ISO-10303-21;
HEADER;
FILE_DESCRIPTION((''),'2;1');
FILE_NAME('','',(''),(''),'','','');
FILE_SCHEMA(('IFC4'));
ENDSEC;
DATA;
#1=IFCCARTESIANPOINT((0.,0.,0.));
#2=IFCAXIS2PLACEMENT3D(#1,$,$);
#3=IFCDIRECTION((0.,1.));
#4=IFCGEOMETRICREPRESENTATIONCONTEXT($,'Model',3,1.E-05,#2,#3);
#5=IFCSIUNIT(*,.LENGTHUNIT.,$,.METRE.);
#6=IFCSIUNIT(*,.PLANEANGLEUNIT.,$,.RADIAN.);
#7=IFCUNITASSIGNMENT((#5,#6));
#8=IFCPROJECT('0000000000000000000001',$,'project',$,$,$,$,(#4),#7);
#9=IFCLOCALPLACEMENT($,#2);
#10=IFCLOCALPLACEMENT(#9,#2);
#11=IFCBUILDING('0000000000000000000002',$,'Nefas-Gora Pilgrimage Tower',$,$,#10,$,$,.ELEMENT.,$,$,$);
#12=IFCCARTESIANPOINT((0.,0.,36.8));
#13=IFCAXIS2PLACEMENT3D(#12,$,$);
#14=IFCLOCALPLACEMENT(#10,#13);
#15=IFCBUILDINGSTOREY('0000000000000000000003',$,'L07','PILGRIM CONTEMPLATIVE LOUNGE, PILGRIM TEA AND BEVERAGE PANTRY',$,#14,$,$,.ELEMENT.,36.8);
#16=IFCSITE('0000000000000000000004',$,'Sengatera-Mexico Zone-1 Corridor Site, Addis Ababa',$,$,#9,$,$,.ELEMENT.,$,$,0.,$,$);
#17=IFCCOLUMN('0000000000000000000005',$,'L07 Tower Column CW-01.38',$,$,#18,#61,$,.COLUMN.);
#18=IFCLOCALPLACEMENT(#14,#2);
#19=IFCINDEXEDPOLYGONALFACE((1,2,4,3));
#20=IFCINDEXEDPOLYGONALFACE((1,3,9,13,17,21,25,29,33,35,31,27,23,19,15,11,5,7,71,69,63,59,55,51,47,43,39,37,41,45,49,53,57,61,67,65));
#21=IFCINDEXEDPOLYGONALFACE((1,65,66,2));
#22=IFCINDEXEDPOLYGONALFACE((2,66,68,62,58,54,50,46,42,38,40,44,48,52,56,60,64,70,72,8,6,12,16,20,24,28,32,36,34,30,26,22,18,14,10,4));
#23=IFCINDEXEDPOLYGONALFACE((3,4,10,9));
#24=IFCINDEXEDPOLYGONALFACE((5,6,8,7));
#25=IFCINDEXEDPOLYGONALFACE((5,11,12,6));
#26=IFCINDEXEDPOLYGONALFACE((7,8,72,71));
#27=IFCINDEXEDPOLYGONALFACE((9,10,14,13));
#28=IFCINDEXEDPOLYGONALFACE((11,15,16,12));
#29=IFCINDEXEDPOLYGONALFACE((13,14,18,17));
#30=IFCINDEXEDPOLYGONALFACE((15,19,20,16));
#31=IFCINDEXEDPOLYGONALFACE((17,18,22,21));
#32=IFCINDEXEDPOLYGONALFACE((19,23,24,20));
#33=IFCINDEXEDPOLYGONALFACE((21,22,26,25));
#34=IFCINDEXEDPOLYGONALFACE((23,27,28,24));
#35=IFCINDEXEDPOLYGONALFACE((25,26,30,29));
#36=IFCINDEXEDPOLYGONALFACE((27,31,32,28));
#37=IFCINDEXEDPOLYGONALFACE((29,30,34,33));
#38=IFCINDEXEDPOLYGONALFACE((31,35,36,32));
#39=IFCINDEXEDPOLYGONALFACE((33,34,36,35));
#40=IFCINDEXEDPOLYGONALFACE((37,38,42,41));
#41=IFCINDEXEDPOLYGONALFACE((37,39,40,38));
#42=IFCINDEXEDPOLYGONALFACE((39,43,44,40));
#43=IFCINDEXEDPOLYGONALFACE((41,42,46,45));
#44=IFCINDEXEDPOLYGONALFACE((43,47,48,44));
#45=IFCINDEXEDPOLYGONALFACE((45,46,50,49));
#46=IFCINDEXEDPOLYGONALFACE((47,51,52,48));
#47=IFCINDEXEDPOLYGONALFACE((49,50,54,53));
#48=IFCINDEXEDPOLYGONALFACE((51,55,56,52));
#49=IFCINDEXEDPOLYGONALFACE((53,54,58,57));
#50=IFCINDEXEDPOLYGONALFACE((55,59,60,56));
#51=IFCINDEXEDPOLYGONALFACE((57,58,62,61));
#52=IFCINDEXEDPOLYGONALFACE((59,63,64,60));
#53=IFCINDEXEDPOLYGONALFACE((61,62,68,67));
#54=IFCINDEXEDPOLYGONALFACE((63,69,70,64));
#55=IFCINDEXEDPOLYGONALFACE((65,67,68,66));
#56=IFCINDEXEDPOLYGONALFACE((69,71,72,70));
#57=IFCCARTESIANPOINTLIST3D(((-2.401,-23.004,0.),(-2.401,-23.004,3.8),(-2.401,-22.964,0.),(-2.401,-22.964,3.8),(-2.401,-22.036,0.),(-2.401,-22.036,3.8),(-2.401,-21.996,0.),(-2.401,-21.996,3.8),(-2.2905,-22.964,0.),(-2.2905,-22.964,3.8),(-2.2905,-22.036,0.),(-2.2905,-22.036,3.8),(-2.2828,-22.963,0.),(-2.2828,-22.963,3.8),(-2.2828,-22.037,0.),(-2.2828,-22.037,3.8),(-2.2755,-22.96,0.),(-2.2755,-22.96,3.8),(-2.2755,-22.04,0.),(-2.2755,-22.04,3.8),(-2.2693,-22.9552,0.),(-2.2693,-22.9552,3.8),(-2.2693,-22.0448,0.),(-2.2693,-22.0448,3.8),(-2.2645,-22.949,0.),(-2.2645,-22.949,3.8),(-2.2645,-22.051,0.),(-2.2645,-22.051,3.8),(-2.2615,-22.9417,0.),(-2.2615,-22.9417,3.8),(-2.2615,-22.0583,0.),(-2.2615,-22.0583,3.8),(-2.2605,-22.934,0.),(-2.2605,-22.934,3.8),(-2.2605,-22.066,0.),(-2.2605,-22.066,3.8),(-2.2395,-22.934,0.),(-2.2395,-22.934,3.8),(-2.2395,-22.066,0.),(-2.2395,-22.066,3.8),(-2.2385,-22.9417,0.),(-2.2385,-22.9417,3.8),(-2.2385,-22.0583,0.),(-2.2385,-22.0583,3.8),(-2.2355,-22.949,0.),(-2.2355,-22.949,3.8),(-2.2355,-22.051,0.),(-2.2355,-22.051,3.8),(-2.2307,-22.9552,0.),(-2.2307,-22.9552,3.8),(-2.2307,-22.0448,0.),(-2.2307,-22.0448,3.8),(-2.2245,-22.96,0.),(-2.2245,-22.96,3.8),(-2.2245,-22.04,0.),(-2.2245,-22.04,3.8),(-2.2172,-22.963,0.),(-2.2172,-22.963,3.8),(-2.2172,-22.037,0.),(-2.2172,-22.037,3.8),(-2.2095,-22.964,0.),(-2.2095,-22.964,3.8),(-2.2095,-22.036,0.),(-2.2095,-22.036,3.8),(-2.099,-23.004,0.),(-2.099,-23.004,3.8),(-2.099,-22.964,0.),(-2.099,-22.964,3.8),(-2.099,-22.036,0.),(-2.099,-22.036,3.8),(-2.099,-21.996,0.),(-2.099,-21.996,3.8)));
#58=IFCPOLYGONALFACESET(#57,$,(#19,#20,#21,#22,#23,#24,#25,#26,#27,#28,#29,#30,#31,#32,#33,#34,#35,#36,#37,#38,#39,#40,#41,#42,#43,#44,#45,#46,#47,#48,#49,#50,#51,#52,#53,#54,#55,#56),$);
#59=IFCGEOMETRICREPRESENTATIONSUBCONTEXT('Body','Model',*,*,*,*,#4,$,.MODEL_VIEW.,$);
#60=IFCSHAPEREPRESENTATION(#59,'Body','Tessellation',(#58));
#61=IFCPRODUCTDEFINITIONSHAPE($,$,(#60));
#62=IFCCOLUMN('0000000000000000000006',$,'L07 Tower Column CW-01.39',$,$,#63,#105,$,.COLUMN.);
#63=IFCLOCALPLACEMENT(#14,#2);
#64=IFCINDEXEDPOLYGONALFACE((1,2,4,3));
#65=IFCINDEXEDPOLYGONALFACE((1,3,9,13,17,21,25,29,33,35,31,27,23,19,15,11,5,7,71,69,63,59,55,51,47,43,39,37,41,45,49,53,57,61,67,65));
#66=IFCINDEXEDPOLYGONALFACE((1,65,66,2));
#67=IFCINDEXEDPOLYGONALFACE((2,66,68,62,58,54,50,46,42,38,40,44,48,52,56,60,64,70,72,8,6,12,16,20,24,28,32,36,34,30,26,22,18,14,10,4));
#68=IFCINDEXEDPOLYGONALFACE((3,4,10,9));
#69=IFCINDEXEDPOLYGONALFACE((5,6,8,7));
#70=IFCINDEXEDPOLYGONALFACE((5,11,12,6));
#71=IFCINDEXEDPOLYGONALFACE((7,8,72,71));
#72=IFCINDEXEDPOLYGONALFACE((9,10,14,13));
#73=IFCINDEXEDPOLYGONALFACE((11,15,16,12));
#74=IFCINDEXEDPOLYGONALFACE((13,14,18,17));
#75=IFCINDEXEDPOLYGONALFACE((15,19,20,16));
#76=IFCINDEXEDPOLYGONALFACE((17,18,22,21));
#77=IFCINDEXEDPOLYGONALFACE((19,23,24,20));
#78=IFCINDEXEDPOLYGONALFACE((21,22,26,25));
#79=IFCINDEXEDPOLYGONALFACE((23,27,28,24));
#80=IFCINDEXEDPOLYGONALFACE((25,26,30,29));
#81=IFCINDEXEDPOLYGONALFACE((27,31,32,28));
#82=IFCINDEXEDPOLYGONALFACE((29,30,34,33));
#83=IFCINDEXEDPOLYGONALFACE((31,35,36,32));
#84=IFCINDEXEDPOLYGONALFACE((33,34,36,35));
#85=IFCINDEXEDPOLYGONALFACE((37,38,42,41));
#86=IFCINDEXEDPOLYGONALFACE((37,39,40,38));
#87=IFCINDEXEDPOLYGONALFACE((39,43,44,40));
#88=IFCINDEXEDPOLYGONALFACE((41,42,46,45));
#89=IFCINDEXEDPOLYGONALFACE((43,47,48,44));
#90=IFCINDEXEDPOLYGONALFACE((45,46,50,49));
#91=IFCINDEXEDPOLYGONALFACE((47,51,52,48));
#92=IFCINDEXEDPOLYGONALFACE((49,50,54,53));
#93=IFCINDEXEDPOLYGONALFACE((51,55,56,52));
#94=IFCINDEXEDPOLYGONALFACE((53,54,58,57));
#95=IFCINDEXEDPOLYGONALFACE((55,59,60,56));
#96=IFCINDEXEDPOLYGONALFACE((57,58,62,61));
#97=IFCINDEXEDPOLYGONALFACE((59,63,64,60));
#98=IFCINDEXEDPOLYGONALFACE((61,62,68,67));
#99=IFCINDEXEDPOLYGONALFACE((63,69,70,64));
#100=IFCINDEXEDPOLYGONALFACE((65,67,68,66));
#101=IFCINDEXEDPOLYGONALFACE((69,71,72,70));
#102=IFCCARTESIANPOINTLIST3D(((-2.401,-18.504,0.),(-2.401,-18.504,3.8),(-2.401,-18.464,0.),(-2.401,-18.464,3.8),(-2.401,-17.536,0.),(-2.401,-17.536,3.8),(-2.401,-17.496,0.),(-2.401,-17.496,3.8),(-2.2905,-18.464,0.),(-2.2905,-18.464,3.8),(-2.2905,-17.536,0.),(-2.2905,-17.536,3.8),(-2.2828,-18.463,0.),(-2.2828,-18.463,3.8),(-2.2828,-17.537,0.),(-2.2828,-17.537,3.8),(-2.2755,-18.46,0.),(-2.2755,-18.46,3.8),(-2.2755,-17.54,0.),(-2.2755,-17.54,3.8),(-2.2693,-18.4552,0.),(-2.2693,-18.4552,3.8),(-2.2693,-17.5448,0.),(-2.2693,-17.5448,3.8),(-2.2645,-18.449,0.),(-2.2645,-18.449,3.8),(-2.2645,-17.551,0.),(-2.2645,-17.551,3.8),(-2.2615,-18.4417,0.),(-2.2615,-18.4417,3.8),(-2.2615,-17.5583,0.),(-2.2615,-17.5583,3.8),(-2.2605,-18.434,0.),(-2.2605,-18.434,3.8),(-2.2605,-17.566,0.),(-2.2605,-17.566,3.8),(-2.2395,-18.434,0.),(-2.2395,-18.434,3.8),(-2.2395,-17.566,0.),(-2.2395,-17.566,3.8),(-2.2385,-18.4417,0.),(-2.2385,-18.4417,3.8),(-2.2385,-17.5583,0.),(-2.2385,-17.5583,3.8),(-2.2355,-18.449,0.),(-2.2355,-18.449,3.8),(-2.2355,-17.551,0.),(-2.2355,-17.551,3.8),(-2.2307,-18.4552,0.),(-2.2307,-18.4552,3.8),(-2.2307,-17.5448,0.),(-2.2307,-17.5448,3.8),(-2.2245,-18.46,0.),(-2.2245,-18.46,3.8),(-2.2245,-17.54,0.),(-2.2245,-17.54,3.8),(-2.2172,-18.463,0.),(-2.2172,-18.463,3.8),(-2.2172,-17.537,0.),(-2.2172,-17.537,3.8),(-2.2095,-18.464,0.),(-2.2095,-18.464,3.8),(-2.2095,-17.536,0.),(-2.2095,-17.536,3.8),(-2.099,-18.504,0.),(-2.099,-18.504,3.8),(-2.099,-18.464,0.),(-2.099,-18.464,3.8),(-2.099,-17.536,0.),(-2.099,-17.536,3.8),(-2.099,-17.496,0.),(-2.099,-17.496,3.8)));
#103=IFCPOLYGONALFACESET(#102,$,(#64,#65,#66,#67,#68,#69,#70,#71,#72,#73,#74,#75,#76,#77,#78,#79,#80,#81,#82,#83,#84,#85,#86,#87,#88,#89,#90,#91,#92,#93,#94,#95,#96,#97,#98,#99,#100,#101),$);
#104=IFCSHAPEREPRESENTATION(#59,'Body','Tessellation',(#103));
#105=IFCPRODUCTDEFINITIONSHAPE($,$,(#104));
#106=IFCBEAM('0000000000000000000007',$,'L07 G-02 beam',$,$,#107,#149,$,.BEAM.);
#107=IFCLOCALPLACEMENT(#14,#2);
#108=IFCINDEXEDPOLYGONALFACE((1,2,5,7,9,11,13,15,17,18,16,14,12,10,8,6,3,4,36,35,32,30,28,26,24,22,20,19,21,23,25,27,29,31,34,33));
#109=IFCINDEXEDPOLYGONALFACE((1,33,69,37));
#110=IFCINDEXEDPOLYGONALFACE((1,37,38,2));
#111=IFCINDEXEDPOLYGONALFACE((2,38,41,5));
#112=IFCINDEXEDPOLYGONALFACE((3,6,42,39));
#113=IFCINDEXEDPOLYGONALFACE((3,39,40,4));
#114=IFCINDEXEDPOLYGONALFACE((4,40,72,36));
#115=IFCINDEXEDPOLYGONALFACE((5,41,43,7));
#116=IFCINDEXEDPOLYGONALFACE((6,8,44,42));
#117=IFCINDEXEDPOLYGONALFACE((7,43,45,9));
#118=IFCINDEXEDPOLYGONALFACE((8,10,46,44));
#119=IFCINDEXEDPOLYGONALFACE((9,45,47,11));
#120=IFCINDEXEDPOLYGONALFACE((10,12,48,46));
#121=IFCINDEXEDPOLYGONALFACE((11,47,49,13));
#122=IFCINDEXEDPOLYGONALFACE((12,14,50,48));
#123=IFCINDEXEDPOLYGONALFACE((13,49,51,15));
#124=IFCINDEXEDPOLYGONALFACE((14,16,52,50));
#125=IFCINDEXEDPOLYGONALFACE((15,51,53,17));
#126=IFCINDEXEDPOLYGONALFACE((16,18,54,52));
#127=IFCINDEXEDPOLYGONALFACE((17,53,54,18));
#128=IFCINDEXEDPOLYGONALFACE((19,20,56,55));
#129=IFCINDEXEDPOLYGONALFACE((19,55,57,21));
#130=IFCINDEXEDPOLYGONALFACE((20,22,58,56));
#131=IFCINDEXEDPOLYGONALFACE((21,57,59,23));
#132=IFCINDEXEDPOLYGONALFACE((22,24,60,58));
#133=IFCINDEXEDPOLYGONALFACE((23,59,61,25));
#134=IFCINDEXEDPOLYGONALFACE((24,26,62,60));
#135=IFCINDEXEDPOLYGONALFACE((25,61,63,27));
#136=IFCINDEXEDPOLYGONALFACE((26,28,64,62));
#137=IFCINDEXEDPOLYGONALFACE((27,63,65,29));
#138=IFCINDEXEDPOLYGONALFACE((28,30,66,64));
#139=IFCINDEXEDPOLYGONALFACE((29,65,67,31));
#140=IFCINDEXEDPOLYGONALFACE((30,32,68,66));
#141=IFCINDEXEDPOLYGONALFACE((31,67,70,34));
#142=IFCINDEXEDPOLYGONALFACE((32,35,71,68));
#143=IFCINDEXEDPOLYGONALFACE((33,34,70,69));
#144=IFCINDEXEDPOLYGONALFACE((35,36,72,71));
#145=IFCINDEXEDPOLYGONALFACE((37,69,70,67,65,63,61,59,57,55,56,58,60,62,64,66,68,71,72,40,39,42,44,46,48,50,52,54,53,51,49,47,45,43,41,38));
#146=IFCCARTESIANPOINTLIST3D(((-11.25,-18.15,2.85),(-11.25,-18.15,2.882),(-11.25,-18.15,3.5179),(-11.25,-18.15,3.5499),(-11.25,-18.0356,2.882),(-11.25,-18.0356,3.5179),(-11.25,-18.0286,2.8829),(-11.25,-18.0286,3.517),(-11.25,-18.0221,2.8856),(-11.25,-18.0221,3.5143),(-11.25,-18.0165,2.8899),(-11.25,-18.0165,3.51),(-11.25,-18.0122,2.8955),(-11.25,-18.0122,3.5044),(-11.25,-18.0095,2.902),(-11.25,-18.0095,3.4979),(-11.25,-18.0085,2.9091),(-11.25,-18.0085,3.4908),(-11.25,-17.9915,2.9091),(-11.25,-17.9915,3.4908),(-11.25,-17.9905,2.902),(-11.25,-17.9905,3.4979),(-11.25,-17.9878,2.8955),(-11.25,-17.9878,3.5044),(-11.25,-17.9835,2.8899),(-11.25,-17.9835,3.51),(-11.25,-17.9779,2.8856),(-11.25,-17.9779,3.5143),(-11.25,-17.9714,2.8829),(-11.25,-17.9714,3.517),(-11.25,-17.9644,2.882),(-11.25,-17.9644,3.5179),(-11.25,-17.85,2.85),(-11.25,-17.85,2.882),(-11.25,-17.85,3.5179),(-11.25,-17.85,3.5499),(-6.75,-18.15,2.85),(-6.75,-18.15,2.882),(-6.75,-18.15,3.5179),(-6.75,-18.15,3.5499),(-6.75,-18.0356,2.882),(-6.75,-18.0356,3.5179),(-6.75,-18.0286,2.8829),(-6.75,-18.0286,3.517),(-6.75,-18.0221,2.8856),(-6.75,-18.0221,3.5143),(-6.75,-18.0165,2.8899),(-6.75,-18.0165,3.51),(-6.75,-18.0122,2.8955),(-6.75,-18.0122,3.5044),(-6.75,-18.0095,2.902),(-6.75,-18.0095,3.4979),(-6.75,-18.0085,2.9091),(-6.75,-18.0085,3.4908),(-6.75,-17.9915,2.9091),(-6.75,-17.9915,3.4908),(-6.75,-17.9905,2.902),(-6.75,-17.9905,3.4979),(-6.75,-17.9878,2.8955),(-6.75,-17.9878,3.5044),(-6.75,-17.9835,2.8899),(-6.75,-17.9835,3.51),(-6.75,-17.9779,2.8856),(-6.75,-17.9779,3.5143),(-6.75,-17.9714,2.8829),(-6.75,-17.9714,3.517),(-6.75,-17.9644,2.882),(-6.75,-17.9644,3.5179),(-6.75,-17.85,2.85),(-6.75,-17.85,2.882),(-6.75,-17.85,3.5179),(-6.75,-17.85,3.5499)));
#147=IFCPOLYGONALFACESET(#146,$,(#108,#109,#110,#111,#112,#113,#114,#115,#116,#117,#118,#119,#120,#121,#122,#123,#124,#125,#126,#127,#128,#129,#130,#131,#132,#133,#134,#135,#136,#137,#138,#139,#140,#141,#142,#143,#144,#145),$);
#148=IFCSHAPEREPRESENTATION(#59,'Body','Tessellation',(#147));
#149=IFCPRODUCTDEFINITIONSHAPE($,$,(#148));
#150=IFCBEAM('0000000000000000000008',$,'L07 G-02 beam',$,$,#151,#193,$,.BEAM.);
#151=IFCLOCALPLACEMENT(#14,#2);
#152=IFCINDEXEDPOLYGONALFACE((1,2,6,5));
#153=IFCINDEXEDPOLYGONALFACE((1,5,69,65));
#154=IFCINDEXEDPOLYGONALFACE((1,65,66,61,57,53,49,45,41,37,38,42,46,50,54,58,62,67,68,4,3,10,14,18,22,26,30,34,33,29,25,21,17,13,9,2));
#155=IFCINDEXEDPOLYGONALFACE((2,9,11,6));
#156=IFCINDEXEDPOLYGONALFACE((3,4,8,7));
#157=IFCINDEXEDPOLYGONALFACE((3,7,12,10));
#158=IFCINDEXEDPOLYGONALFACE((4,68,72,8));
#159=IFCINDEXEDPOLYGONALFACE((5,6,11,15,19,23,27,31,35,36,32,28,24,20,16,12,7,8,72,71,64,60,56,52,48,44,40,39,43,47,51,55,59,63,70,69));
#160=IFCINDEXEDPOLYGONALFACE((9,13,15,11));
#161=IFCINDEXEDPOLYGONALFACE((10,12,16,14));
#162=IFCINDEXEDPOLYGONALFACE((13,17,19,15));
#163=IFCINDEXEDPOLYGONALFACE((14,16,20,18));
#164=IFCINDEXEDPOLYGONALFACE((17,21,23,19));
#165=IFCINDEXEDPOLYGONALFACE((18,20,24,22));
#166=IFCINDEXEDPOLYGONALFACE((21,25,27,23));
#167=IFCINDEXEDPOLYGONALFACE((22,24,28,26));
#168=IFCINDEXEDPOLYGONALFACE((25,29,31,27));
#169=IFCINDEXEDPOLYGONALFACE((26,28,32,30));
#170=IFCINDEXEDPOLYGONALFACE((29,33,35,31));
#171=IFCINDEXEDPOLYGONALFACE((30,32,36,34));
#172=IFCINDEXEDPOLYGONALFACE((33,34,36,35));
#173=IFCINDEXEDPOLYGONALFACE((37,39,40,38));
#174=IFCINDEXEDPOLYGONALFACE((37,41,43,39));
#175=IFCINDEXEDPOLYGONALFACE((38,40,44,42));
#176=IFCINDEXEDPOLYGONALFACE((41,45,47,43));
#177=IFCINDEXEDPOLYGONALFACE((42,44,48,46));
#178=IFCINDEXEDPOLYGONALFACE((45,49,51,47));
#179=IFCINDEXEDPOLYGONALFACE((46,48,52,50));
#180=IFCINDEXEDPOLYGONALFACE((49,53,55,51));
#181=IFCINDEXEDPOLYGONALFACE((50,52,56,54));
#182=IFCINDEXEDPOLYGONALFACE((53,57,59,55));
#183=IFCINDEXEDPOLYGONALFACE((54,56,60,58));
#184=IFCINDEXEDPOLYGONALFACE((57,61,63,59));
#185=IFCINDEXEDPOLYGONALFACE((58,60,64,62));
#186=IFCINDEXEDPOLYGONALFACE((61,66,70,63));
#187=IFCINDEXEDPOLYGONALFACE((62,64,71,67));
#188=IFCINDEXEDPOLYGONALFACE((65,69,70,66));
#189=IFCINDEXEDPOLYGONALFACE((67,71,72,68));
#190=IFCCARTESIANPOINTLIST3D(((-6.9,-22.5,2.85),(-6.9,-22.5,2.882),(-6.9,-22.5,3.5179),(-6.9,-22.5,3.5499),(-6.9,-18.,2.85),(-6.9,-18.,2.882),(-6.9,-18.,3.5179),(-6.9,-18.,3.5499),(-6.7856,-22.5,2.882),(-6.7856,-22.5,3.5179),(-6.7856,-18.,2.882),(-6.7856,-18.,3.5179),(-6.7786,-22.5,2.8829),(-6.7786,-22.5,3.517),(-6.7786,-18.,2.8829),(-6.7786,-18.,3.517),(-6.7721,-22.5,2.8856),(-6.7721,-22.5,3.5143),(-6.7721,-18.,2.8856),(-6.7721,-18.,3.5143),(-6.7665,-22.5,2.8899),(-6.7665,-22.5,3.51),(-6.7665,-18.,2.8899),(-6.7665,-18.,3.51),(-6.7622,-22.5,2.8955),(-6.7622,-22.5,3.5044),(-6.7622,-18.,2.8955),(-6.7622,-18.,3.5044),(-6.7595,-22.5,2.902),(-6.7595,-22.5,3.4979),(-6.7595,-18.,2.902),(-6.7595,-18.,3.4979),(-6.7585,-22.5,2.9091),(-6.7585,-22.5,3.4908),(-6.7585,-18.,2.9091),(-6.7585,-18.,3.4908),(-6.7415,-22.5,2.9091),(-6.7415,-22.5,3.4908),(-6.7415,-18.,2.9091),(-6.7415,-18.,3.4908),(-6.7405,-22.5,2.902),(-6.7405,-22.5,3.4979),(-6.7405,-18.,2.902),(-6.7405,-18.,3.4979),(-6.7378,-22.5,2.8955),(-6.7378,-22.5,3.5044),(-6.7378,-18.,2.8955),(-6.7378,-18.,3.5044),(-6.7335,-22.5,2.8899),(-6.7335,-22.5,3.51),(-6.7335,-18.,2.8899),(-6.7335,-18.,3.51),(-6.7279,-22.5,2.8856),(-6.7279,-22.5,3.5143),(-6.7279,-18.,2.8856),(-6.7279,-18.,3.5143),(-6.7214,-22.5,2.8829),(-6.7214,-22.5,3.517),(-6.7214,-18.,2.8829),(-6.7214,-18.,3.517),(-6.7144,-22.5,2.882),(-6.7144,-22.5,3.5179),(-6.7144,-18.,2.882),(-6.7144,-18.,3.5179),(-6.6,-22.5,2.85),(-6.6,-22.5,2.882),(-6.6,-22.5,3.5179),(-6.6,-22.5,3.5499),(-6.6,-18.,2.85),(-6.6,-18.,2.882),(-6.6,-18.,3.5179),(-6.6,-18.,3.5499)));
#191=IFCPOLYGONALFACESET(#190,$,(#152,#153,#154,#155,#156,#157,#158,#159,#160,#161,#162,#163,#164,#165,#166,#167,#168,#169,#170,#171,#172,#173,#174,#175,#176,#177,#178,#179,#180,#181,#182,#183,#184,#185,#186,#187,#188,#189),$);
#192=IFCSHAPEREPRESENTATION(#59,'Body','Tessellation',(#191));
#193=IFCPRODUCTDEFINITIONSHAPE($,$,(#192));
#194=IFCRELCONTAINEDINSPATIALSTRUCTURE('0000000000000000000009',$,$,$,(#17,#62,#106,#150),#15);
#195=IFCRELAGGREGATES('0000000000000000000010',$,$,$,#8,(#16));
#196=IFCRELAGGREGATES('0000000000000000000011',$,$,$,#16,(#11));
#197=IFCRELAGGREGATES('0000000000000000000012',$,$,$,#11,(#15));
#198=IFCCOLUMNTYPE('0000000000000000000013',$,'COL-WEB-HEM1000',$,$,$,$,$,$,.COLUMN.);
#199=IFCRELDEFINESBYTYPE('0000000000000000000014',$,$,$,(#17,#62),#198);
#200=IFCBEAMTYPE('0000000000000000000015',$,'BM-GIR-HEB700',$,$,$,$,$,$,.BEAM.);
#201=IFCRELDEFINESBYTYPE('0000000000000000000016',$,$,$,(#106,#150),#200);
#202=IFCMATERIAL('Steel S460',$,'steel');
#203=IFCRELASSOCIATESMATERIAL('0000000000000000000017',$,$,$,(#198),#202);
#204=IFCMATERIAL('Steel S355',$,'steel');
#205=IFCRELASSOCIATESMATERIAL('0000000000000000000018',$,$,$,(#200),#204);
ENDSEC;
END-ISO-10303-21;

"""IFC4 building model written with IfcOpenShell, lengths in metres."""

from ifc_helpers import new_model, si_unit, direction, frame, origin, origin_2d, place, context, subcontext, project, spatial, i_section, extrude, source, transform, mapped, material, material_profile, profile_set, type_object, element, save


model = new_model("IFC4")

# Units and contexts
model_context = context("Model", 3, precision=1e-05, world=origin(), true_north=direction((0.0, 1.0)))
body_context = subcontext(model_context, "Body", "Model", "MODEL_VIEW")
ifc_project = project(units=[si_unit("LENGTHUNIT", "METRE"), si_unit("PLANEANGLEUNIT", "RADIAN")], contexts=[model_context])

# Site, building, storey
site_placement = place(None, origin())
site = spatial("IfcSite", under=ifc_project, at=site_placement, Name="Sengatera-Mexico Zone-1 Corridor Site, Addis Ababa", CompositionType="ELEMENT", RefElevation=0.0)
building_placement = place(site_placement, origin())
building = spatial("IfcBuilding", under=site, at=building_placement, Name="Nefas-Gora Pilgrimage Tower", CompositionType="ELEMENT")
storey_placement = place(building_placement, frame((0.0, 0.0, 36.8)))
storey = spatial("IfcBuildingStorey", under=building, at=storey_placement, Name="L07", Description="PILGRIM CONTEMPLATIVE LOUNGE, PILGRIM TEA AND BEVERAGE PANTRY", CompositionType="ELEMENT", Elevation=36.8)

# Columns
ifc_material_1 = material(Name="Steel S460", Category="steel")
ifc_material_profile_1 = material_profile(ifc_material_1, i_section(OverallWidth=0.302, OverallDepth=1.0081, WebThickness=0.021, FlangeThickness=0.04, FilletRadius=0.03, at=origin_2d()), Name="HEM 1000")
ifc_profile_set_1 = profile_set([ifc_material_profile_1], Name="Steel S460")
column_type_1 = type_object("IfcColumnType", Name="COL-WEB-HEM1000", PredefinedType="COLUMN", material=ifc_profile_set_1)
shared_shape_1 = source(origin(), body_context, "Body", "SweptSolid", [
    extrude(i_section(OverallWidth=0.302, OverallDepth=1.0081, WebThickness=0.021, FlangeThickness=0.04, FilletRadius=0.03, at=origin_2d()), origin(), (0.0, 0.0, 1.0), 3.8),
])
for number, where, z_axis, x_axis, name in (
    (1, (-2.25, -22.5, 0.0), (0.0, 0.0, 1.0), (1.0, 0.0, 0.0), "L07 Tower Column CW-01.38"),
    (2, (-2.25, -18.0, 0.0), (0.0, 0.0, 1.0), (1.0, 0.0, 0.0), "L07 Tower Column CW-01.39"),
):
    element("IfcColumn", number, at=place(storey_placement, frame(where, z_axis=z_axis, x_axis=x_axis)), inside=storey, type_object=column_type_1, Name=name, PredefinedType="COLUMN", context=body_context, shape_type="MappedRepresentation", body=[
        mapped(shared_shape_1, transform((0.0, 0.0, 0.0), x_axis=(1.0, 0.0, 0.0), y_axis=(0.0, 1.0, 0.0), z_axis=(0.0, 0.0, 1.0), scale=1.0)),
    ])

# Beams
ifc_material_2 = material(Name="Steel S355", Category="steel")
ifc_material_profile_2 = material_profile(ifc_material_2, i_section(OverallWidth=0.3, OverallDepth=0.7, WebThickness=0.0171, FlangeThickness=0.032, FilletRadius=0.0271, at=origin_2d()), Name="HEB 700")
ifc_profile_set_2 = profile_set([ifc_material_profile_2], Name="Steel S355")
beam_type = type_object("IfcBeamType", Name="BM-GIR-HEB700", PredefinedType="BEAM", material=ifc_profile_set_2)
shared_shape_2 = source(origin(), body_context, "Body", "SweptSolid", [
    extrude(i_section(OverallWidth=0.3, OverallDepth=0.7, WebThickness=0.0171, FlangeThickness=0.032, FilletRadius=0.0271, at=origin_2d()), origin(), (0.0, 0.0, 1.0), 4.5),
])
for number, where, z_axis, x_axis, name in (
    (3, (-11.25, -18.0, 3.2), (1.0, 0.0, 0.0), (0.0, 1.0, 0.0), "L07 G-02 beam"),
    (4, (-6.75, -22.5, 3.2), (0.0, 1.0, 0.0), (-1.0, 0.0, 0.0), "L07 G-02 beam"),
):
    element("IfcBeam", number, at=place(storey_placement, frame(where, z_axis=z_axis, x_axis=x_axis)), inside=storey, type_object=beam_type, Name=name, PredefinedType="BEAM", context=body_context, shape_type="MappedRepresentation", body=[
        mapped(shared_shape_2, transform((0.0, 0.0, 0.0), x_axis=(1.0, 0.0, 0.0), y_axis=(0.0, 1.0, 0.0), z_axis=(0.0, 0.0, 1.0), scale=1.0)),
    ])

save(model, "model.ifc")
